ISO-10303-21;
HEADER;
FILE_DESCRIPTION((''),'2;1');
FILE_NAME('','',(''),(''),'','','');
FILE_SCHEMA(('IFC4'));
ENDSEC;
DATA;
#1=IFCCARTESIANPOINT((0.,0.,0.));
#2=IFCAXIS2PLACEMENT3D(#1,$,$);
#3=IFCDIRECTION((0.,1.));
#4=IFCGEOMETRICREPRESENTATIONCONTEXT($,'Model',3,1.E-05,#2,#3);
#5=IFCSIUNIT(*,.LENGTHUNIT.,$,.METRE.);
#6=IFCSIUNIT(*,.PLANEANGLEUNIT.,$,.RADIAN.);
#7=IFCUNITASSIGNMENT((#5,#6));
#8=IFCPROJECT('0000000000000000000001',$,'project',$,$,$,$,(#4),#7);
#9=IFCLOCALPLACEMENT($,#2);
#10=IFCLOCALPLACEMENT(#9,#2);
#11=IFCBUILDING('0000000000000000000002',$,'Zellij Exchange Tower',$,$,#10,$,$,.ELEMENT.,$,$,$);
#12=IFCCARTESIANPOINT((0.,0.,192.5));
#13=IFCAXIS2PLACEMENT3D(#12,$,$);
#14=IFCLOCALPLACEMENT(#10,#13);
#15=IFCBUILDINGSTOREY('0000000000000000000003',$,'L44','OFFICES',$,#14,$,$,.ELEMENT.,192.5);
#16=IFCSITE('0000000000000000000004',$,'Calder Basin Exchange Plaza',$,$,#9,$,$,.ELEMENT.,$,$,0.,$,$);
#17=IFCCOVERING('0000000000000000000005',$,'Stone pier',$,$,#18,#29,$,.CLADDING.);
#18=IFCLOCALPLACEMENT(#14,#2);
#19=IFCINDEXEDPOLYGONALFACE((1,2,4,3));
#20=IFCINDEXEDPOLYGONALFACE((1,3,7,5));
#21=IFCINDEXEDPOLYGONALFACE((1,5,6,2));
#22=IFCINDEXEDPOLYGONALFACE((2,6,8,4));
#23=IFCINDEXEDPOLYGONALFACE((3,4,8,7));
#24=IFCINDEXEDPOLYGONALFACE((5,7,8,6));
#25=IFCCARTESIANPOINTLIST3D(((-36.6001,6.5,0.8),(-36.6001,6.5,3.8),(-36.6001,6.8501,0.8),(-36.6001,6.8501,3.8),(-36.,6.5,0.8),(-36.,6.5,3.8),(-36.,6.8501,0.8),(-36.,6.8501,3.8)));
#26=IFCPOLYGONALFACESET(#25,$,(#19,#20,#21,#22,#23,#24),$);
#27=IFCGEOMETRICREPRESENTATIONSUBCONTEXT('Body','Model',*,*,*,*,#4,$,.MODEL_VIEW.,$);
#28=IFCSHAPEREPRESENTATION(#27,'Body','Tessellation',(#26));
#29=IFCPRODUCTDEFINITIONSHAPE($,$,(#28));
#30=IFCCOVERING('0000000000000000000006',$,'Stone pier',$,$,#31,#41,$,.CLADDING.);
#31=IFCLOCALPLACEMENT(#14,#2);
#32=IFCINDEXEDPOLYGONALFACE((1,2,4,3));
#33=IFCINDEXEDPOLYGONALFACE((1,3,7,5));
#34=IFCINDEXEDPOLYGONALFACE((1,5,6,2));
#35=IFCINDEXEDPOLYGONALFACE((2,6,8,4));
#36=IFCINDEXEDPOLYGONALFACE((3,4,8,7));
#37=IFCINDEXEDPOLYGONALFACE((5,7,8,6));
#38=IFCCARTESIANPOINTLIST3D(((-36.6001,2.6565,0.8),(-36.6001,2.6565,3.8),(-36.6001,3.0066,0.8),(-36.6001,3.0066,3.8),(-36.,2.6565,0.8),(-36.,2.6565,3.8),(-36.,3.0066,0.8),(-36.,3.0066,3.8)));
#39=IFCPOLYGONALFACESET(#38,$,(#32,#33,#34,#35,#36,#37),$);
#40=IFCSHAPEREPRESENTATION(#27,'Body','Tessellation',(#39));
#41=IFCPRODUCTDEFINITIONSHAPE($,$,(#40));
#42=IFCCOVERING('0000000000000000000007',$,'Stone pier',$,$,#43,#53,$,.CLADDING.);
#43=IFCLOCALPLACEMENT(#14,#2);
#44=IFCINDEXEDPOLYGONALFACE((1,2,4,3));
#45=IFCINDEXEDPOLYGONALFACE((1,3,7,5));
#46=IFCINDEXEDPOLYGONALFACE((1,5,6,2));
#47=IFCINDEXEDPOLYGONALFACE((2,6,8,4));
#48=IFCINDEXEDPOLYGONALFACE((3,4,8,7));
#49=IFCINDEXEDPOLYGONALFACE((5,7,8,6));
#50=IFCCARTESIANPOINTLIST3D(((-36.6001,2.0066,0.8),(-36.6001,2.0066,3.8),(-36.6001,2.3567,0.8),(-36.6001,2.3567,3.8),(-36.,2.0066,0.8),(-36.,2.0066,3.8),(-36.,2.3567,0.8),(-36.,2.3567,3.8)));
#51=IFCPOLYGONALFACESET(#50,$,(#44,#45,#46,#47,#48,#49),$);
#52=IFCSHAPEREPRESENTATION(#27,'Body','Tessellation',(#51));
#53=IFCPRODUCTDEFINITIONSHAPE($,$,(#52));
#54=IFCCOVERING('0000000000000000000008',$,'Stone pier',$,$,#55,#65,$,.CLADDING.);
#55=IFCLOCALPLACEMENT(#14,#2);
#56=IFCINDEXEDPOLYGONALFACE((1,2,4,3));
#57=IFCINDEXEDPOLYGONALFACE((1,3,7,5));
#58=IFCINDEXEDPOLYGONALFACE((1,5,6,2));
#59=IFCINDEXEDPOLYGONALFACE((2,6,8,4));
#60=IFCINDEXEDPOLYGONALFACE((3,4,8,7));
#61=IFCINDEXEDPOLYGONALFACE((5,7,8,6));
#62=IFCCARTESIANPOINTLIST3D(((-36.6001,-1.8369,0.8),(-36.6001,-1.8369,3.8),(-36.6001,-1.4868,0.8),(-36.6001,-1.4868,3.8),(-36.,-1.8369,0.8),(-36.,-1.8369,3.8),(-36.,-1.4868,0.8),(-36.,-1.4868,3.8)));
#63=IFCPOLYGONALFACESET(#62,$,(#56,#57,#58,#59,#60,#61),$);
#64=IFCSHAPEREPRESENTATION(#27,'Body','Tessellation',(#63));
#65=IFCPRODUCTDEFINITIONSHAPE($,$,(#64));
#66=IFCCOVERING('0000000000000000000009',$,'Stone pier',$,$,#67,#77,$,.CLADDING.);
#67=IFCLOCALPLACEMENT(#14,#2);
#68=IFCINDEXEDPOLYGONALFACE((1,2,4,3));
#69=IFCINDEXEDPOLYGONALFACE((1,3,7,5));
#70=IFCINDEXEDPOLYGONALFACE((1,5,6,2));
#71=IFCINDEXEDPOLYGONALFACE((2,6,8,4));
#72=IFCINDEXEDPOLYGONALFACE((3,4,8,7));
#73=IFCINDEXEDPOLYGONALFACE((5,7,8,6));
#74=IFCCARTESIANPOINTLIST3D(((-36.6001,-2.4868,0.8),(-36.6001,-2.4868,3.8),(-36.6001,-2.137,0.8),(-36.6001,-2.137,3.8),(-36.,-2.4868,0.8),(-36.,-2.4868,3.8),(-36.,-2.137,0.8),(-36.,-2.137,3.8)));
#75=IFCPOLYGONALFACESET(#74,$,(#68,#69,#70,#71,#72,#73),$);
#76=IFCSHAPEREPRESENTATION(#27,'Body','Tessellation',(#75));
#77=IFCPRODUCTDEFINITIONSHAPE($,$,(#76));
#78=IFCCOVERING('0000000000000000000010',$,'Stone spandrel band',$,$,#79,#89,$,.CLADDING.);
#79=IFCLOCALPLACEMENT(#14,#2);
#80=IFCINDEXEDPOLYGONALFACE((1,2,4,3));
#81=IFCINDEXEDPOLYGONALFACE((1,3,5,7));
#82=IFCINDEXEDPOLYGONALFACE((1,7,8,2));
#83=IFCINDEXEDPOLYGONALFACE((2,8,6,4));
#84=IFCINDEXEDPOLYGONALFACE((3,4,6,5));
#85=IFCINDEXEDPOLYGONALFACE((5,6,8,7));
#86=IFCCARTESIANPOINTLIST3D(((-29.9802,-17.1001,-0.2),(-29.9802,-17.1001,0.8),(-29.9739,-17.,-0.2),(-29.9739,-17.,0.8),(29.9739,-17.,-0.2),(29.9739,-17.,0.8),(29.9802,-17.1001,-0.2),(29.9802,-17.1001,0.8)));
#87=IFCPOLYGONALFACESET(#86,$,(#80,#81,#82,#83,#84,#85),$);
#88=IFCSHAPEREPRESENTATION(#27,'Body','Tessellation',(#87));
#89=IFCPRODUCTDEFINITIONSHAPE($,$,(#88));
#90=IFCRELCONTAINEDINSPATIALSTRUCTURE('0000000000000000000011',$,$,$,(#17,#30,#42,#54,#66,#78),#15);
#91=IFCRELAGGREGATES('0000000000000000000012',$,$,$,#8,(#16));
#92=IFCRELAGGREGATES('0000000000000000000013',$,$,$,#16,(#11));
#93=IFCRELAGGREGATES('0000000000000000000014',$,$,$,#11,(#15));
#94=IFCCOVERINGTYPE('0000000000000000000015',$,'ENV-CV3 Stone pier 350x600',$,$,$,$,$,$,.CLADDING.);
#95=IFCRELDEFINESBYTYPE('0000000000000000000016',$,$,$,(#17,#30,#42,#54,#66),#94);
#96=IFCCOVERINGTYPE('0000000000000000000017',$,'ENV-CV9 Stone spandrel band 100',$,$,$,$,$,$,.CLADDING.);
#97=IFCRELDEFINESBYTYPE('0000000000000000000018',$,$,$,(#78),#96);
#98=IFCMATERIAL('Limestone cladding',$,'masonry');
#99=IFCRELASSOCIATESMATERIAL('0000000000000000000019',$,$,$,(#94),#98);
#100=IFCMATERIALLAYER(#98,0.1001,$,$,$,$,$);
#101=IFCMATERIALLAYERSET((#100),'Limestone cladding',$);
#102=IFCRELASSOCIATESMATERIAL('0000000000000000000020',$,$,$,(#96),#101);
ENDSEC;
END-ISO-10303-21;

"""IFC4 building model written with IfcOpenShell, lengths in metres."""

from ifc_helpers import new_model, si_unit, direction, frame, origin, place, context, subcontext, project, spatial, polyline, outline, extrude, material, layer, layer_set, type_object, element, save


model = new_model("IFC4")

# Units and contexts
model_context = context("Model", 3, precision=1e-05, world=origin(), true_north=direction((0.0, 1.0)))
body_context = subcontext(model_context, "Body", "Model", "MODEL_VIEW")
ifc_project = project(units=[si_unit("LENGTHUNIT", "METRE"), si_unit("PLANEANGLEUNIT", "RADIAN")], contexts=[model_context])

# Site, building, storey
site_placement = place(None, origin())
site = spatial("IfcSite", under=ifc_project, at=site_placement, Name="Calder Basin Exchange Plaza", CompositionType="ELEMENT", RefElevation=0.0)
building_placement = place(site_placement, origin())
building = spatial("IfcBuilding", under=site, at=building_placement, Name="Zellij Exchange Tower", CompositionType="ELEMENT")
storey_placement = place(building_placement, frame((0.0, 0.0, 192.5)))
storey = spatial("IfcBuildingStorey", under=building, at=storey_placement, Name="L44", Description="OFFICES", CompositionType="ELEMENT", Elevation=192.5)

# Coverings
ifc_material = material(Name="Limestone cladding", Category="masonry")
covering_type_1 = type_object("IfcCoveringType", Name="ENV-CV3 Stone pier 350x600", PredefinedType="CLADDING", material=ifc_material)
covering_1_placement = place(storey_placement, frame((0.0, 0.0, 0.8)))
element("IfcCovering", 1, at=covering_1_placement, inside=storey, type_object=covering_type_1, Name="Stone pier", PredefinedType="CLADDING", context=body_context, shape_type="SweptSolid", body=[
    extrude(outline(polyline([(-36.0, 6.8501), (-36.0, 6.5), (-36.6001, 6.5), (-36.6001, 6.8501), (-36.0, 6.8501)])), origin(), (0.0, 0.0, 1.0), 3.0),
])
covering_2_placement = place(storey_placement, frame((0.0, 0.0, 0.8)))
element("IfcCovering", 2, at=covering_2_placement, inside=storey, type_object=covering_type_1, Name="Stone pier", PredefinedType="CLADDING", context=body_context, shape_type="SweptSolid", body=[
    extrude(outline(polyline([(-36.0, 3.0066), (-36.0, 2.6565), (-36.6001, 2.6565), (-36.6001, 3.0066), (-36.0, 3.0066)])), origin(), (0.0, 0.0, 1.0), 3.0),
])
covering_3_placement = place(storey_placement, frame((0.0, 0.0, 0.8)))
element("IfcCovering", 3, at=covering_3_placement, inside=storey, type_object=covering_type_1, Name="Stone pier", PredefinedType="CLADDING", context=body_context, shape_type="SweptSolid", body=[
    extrude(outline(polyline([(-36.0, 2.3567), (-36.0, 2.0066), (-36.6001, 2.0066), (-36.6001, 2.3567), (-36.0, 2.3567)])), origin(), (0.0, 0.0, 1.0), 3.0),
])
covering_4_placement = place(storey_placement, frame((0.0, 0.0, 0.8)))
element("IfcCovering", 4, at=covering_4_placement, inside=storey, type_object=covering_type_1, Name="Stone pier", PredefinedType="CLADDING", context=body_context, shape_type="SweptSolid", body=[
    extrude(outline(polyline([(-36.0, -1.4868), (-36.0, -1.8369), (-36.6001, -1.8369), (-36.6001, -1.4868), (-36.0, -1.4868)])), origin(), (0.0, 0.0, 1.0), 3.0),
])
covering_5_placement = place(storey_placement, frame((0.0, 0.0, 0.8)))
element("IfcCovering", 5, at=covering_5_placement, inside=storey, type_object=covering_type_1, Name="Stone pier", PredefinedType="CLADDING", context=body_context, shape_type="SweptSolid", body=[
    extrude(outline(polyline([(-36.0, -2.137), (-36.0, -2.4868), (-36.6001, -2.4868), (-36.6001, -2.137), (-36.0, -2.137)])), origin(), (0.0, 0.0, 1.0), 3.0),
])
ifc_layer = layer(ifc_material, 0.1001)
ifc_layer_set = layer_set([ifc_layer], Name="Limestone cladding")
covering_type_2 = type_object("IfcCoveringType", Name="ENV-CV9 Stone spandrel band 100", PredefinedType="CLADDING", material=ifc_layer_set)
covering_6_placement = place(storey_placement, frame((0.0, 0.0, -0.2)))
element("IfcCovering", 6, at=covering_6_placement, inside=storey, type_object=covering_type_2, Name="Stone spandrel band", PredefinedType="CLADDING", context=body_context, shape_type="SweptSolid", body=[
    extrude(outline(polyline([(-29.9739, -17.0), (29.9739, -17.0), (29.9802, -17.1001), (-29.9802, -17.1001), (-29.9739, -17.0)])), origin(), (0.0, 0.0, 1.0), 1.0),
])

save(model, "model.ifc")
